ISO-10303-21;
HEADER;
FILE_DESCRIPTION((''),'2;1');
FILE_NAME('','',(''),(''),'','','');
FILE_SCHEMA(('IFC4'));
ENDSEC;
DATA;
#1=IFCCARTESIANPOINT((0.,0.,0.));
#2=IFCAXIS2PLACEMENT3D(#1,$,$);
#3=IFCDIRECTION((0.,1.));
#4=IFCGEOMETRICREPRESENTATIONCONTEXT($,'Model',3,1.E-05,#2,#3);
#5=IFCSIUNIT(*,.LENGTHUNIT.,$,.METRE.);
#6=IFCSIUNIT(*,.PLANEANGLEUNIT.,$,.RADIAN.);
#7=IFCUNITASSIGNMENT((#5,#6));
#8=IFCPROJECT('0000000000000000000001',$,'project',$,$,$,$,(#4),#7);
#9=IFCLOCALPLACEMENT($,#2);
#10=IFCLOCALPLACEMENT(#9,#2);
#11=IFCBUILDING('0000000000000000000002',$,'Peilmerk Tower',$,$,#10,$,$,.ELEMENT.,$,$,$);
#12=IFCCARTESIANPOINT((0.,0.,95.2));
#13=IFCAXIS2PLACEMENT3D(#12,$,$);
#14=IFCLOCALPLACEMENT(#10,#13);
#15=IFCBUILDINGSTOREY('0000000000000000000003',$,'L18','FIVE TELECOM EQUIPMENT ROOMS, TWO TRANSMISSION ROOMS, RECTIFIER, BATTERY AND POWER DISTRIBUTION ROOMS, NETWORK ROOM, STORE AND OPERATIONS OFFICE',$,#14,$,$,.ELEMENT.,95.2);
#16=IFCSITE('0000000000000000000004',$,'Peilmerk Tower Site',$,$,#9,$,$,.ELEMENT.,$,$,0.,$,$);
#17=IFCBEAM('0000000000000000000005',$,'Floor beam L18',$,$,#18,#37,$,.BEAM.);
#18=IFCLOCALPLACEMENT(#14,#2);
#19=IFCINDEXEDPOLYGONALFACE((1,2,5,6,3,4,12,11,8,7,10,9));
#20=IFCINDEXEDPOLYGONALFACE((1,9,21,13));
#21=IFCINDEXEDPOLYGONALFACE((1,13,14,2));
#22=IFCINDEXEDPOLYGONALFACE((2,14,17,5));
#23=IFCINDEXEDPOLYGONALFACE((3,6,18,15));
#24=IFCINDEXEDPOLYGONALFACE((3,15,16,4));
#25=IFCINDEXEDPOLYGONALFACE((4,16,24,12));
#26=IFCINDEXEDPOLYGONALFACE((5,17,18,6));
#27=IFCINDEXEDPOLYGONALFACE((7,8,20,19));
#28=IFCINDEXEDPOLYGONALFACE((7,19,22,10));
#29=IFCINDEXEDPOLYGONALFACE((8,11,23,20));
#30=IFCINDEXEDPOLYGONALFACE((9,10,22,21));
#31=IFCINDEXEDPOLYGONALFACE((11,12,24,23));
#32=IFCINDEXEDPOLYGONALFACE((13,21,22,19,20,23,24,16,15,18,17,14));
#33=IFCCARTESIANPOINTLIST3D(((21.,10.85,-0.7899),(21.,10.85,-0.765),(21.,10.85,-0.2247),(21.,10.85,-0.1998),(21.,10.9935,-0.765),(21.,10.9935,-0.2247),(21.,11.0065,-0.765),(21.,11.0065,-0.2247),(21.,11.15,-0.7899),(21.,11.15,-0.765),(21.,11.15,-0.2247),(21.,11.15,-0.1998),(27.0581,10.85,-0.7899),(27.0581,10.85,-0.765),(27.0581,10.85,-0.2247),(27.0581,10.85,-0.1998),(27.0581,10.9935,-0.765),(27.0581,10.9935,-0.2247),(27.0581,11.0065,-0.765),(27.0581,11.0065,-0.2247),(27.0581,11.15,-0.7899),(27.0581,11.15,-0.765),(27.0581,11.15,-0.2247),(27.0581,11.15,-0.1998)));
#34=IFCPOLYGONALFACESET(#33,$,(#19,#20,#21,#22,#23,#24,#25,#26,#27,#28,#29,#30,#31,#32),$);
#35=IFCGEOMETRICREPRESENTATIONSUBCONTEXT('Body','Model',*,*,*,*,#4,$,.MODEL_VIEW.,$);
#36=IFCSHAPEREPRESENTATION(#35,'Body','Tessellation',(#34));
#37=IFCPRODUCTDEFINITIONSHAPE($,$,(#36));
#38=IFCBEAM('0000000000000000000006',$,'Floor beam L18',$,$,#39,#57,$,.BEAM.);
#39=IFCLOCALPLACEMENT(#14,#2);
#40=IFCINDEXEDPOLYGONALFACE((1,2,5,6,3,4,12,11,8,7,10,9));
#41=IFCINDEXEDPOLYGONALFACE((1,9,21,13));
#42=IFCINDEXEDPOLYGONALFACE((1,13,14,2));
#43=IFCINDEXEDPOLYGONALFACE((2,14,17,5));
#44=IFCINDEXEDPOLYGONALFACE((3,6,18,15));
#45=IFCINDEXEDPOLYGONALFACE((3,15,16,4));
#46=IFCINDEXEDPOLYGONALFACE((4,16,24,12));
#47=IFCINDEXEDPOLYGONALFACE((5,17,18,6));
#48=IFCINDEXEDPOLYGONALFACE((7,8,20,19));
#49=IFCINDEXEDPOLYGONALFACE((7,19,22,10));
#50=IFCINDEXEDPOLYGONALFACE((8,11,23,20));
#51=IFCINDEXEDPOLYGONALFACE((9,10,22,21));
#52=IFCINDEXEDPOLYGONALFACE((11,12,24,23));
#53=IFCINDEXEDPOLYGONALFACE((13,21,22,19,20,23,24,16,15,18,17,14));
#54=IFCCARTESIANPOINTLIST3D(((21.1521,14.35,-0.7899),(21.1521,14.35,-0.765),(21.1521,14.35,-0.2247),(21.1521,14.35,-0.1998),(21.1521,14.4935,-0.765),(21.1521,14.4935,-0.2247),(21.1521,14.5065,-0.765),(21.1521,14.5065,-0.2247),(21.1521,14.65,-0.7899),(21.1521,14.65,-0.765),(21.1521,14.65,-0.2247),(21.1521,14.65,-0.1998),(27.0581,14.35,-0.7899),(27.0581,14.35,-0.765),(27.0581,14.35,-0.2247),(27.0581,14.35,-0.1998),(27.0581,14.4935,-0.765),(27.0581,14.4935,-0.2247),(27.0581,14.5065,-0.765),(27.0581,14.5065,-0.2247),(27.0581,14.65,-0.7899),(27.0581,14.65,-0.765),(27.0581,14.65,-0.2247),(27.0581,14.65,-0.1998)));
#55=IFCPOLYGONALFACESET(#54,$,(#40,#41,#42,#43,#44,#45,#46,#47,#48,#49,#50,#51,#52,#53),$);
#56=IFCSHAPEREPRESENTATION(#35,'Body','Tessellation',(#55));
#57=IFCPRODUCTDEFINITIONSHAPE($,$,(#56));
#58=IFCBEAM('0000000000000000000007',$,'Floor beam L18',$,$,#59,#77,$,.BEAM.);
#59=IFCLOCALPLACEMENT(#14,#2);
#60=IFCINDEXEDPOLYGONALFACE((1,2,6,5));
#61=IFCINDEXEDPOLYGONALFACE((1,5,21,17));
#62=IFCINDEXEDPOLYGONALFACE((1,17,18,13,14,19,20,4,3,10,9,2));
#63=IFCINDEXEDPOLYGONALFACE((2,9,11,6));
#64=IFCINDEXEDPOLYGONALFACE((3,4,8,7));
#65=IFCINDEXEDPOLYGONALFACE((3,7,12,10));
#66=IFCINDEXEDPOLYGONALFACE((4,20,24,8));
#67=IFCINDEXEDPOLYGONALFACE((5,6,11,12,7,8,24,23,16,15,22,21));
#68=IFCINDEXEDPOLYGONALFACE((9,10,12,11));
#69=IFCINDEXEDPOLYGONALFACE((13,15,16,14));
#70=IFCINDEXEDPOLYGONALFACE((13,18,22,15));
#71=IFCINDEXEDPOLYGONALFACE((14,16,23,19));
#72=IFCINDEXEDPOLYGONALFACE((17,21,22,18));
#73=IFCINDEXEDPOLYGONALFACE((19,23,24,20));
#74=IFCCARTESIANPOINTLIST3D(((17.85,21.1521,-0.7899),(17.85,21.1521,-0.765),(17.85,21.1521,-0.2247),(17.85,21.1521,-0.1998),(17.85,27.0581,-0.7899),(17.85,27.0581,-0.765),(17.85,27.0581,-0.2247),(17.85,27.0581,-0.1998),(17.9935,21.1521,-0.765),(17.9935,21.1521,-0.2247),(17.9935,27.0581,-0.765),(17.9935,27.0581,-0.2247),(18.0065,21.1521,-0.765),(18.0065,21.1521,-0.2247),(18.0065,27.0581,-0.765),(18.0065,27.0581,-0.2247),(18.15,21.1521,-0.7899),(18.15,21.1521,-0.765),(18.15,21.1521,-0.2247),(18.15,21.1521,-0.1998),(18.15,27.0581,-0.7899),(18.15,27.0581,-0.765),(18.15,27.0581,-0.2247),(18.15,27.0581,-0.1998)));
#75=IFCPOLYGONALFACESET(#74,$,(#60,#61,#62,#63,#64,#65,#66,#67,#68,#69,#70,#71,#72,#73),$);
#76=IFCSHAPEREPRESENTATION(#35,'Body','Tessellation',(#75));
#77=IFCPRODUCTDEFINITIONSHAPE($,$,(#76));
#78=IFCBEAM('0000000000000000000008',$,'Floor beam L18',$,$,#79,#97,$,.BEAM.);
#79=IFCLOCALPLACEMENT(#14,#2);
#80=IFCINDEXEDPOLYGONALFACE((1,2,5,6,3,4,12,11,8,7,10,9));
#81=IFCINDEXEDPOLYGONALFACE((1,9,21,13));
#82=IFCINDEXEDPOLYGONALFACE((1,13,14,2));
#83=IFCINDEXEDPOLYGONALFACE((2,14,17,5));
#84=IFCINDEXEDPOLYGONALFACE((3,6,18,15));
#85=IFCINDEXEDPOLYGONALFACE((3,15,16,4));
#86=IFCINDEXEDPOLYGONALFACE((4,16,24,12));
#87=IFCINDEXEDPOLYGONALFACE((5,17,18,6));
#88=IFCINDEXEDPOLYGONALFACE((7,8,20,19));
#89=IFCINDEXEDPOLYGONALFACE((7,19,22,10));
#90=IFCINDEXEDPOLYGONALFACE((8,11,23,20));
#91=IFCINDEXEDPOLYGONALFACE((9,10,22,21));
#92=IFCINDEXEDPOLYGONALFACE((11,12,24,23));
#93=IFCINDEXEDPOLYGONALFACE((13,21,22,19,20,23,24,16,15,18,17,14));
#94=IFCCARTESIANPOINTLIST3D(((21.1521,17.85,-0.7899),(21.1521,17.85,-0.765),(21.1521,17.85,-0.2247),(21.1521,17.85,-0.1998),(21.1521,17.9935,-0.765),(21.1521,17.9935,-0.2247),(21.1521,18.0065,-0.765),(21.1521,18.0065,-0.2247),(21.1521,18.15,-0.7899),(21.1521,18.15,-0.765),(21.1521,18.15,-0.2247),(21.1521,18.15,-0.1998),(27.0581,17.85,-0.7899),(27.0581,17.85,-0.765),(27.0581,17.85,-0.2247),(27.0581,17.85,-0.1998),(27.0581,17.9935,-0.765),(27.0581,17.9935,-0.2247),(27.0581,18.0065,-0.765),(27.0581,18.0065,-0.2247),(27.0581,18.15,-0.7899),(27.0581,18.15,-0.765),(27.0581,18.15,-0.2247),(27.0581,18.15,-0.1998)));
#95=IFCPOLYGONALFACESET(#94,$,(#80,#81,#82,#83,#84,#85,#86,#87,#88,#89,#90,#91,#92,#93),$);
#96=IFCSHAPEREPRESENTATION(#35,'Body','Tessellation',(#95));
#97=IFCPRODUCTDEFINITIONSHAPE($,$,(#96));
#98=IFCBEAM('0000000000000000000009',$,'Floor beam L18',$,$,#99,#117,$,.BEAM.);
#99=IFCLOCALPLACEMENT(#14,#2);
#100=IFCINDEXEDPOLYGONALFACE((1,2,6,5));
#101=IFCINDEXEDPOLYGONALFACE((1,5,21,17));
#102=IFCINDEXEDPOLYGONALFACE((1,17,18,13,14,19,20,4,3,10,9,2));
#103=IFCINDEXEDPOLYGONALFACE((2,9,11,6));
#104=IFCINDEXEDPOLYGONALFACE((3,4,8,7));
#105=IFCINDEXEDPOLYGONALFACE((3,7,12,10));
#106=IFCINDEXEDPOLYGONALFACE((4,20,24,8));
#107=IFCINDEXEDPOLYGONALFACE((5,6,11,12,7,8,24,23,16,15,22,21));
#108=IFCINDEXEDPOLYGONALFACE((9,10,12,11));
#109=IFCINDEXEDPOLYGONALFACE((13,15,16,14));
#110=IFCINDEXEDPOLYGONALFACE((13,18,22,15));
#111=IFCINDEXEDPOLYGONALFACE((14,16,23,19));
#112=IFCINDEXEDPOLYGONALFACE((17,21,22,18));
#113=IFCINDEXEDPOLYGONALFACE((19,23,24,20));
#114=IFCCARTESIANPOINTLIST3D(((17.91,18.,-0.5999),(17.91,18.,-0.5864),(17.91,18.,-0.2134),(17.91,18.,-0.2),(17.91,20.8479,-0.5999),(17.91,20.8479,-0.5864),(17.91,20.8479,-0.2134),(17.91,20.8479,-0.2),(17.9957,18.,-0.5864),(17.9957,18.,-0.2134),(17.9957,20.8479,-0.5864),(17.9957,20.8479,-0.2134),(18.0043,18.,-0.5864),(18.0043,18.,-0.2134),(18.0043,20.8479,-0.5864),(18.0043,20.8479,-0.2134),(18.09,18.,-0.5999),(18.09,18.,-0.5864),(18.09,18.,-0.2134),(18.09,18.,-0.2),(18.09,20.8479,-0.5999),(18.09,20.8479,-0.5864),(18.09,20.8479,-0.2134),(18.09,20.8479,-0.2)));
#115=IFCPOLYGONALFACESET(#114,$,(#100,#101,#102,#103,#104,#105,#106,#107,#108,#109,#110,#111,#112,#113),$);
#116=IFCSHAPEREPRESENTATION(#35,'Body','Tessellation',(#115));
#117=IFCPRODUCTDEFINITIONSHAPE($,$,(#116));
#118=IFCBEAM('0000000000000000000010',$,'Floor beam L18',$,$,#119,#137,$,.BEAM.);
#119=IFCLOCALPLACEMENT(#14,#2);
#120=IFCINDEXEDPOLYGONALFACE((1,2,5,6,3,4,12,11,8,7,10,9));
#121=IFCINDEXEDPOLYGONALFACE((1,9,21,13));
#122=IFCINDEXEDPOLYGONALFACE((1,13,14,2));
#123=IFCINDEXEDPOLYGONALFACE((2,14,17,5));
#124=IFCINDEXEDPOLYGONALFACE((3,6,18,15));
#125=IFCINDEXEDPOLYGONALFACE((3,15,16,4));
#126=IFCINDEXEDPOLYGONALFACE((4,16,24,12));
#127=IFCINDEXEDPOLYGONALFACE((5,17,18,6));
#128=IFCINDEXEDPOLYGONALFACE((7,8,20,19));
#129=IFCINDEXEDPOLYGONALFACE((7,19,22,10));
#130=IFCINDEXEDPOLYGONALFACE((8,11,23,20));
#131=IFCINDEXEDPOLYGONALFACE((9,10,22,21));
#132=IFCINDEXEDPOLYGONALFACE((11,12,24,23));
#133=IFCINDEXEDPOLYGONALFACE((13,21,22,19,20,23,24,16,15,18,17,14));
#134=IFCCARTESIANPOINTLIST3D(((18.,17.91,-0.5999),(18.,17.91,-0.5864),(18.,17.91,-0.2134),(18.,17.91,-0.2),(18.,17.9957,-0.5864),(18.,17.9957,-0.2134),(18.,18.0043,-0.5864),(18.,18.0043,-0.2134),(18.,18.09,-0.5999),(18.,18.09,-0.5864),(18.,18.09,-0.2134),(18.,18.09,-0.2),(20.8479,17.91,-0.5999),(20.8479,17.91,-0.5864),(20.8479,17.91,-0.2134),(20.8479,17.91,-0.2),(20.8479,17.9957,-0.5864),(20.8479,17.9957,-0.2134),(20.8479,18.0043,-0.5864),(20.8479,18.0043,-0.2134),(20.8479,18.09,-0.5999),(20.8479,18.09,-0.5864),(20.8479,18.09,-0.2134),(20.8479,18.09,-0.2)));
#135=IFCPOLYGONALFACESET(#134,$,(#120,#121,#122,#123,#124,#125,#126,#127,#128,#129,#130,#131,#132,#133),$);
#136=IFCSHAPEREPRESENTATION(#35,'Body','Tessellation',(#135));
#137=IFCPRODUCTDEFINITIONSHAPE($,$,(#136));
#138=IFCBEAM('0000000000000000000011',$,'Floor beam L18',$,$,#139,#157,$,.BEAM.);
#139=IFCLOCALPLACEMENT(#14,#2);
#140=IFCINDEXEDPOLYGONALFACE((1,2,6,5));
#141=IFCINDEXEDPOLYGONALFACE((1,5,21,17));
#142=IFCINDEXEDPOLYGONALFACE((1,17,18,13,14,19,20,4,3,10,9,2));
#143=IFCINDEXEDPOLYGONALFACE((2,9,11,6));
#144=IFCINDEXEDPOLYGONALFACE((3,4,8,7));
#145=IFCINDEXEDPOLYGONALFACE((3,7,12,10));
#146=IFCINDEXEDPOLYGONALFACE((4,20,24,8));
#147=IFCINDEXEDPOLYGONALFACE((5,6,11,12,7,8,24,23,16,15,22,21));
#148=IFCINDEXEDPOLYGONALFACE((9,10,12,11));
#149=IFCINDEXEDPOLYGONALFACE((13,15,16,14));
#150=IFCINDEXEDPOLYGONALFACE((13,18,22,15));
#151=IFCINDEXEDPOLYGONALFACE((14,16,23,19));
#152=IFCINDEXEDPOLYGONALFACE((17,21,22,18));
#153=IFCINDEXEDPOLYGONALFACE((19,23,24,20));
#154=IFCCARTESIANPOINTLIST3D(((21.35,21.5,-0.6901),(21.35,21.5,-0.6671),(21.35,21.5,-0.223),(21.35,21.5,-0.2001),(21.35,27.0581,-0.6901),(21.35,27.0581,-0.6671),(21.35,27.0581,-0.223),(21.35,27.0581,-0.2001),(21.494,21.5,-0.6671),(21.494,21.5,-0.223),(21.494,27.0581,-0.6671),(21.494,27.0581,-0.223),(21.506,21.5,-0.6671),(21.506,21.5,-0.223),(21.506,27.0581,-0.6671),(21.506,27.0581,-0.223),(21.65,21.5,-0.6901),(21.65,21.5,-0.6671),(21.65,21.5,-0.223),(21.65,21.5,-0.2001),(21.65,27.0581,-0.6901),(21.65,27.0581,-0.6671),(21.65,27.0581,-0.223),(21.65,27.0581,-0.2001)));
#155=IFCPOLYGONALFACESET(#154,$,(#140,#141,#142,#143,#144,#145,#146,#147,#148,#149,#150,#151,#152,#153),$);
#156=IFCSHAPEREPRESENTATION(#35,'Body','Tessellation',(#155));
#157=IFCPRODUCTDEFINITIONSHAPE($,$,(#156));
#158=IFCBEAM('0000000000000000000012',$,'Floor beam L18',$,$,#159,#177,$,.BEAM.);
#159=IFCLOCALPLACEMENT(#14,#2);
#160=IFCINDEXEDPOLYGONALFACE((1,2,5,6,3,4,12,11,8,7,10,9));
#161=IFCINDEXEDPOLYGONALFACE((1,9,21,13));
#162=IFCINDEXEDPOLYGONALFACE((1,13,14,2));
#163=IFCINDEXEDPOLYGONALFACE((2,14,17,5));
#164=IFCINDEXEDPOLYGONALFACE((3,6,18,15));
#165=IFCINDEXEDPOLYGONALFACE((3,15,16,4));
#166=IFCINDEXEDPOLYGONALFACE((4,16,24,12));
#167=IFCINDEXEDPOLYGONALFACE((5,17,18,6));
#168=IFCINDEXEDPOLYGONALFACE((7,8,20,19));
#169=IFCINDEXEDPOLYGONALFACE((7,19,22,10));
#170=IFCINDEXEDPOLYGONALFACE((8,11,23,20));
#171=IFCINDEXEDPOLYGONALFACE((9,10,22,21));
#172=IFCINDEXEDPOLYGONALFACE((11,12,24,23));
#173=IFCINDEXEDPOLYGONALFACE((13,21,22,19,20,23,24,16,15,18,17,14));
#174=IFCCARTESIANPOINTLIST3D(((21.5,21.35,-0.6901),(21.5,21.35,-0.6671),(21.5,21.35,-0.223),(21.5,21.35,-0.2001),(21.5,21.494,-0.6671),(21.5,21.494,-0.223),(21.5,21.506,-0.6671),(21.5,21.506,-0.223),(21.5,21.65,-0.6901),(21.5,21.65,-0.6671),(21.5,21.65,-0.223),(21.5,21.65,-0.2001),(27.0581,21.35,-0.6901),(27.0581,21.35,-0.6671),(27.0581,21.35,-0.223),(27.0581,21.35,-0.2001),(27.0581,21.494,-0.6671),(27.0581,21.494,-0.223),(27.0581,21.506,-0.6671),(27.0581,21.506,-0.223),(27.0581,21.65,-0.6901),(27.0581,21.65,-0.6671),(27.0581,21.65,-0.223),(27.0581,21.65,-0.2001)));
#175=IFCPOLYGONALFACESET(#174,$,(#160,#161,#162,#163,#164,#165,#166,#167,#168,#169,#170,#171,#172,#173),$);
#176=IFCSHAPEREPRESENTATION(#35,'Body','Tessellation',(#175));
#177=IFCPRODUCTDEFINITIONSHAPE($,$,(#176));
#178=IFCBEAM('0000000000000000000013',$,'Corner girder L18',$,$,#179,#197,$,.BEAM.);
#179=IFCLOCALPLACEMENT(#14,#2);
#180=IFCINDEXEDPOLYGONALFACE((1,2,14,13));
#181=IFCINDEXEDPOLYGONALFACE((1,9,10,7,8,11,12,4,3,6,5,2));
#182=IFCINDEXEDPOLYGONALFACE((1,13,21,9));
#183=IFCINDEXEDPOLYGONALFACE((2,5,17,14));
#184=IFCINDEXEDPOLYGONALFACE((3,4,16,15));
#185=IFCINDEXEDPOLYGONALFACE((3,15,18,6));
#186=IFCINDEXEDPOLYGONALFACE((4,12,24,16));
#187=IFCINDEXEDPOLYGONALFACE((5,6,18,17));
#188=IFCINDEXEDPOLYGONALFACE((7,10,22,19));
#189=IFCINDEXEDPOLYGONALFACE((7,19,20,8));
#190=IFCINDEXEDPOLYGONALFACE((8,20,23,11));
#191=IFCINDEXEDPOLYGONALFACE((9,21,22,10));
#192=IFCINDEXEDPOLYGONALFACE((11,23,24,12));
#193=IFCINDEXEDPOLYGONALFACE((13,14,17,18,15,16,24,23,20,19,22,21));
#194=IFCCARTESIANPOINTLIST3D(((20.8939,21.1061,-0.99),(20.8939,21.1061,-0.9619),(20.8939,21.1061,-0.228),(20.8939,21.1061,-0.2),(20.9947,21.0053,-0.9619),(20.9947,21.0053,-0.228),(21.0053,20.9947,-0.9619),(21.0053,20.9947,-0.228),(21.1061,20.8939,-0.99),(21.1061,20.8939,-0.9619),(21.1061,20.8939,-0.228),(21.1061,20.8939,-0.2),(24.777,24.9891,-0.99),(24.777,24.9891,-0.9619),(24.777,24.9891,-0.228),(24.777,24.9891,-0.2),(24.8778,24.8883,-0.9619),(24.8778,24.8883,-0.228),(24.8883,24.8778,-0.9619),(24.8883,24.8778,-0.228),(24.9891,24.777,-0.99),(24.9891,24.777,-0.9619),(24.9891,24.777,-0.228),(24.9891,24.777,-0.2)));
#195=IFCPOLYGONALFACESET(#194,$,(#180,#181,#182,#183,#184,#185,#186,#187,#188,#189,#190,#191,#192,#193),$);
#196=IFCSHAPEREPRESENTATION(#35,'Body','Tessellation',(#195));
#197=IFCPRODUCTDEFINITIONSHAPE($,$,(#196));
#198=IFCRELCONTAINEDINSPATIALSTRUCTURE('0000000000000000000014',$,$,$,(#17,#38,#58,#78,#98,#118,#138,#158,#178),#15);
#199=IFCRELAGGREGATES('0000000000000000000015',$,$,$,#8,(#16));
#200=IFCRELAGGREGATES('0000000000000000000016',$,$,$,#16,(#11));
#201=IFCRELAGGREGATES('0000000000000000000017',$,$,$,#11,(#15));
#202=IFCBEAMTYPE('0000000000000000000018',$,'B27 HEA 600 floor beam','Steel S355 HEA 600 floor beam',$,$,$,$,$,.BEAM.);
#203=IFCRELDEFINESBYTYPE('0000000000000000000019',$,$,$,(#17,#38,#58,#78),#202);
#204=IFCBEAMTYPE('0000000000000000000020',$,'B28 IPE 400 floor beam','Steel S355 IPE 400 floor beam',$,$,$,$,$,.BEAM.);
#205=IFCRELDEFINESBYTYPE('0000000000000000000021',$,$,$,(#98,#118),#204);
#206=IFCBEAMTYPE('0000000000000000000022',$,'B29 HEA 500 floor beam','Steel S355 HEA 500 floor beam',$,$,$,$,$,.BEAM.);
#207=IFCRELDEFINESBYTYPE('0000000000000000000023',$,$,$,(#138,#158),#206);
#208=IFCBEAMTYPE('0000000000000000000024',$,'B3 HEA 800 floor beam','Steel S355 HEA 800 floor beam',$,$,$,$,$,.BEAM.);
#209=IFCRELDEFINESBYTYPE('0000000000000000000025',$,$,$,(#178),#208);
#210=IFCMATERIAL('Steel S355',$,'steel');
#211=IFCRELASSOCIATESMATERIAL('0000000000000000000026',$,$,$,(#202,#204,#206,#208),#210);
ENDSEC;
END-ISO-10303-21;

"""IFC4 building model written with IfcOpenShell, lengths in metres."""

from ifc_helpers import new_model, si_unit, direction, frame, origin, origin_2d, place, context, subcontext, project, spatial, i_section, extrude, material, material_profile, profile_set, type_object, element, save


model = new_model("IFC4")

# Units and contexts
model_context = context("Model", 3, precision=1e-05, world=origin(), true_north=direction((0.0, 1.0)))
body_context = subcontext(model_context, "Body", "Model", "MODEL_VIEW")
ifc_project = project(units=[si_unit("LENGTHUNIT", "METRE"), si_unit("PLANEANGLEUNIT", "RADIAN")], contexts=[model_context])

# Site, building, storey
site_placement = place(None, origin())
site = spatial("IfcSite", under=ifc_project, at=site_placement, Name="Peilmerk Tower Site", CompositionType="ELEMENT", RefElevation=0.0)
building_placement = place(site_placement, origin())
building = spatial("IfcBuilding", under=site, at=building_placement, Name="Peilmerk Tower", CompositionType="ELEMENT")
storey_placement = place(building_placement, frame((0.0, 0.0, 95.2)))
storey = spatial("IfcBuildingStorey", under=building, at=storey_placement, Name="L18", Description="FIVE TELECOM EQUIPMENT ROOMS, TWO TRANSMISSION ROOMS, RECTIFIER, BATTERY AND POWER DISTRIBUTION ROOMS, NETWORK ROOM, STORE AND OPERATIONS OFFICE", CompositionType="ELEMENT", Elevation=95.2)

# Beams
ifc_material_1 = material(Name="Steel S355", Category="steel")
ifc_material_profile_1 = material_profile(ifc_material_1, i_section(OverallWidth=0.3, OverallDepth=0.5901, WebThickness=0.0129, FlangeThickness=0.0249, at=origin_2d()), Name="HEA 600")
ifc_profile_set_1 = profile_set([ifc_material_profile_1], Name="Steel S355")
beam_type_1 = type_object("IfcBeamType", Name="B27 HEA 600 floor beam", Description="Steel S355 HEA 600 floor beam", PredefinedType="BEAM", material=ifc_profile_set_1)
beam_1_placement = place(storey_placement, frame((21.0, 11.0, -0.4949), z_axis=(1.0, 0.0, 0.0), x_axis=(0.0, 1.0, 0.0)))
element("IfcBeam", 1, at=beam_1_placement, inside=storey, type_object=beam_type_1, Name="Floor beam L18", PredefinedType="BEAM", context=body_context, shape_type="SweptSolid", body=[
    extrude(i_section(OverallWidth=0.3, OverallDepth=0.5901, WebThickness=0.0129, FlangeThickness=0.0249, at=origin_2d()), origin(), (0.0, 0.0, 1.0), 6.0581),
])
for number, where, z_axis, x_axis, name in (
    (2, (21.1521, 14.5, -0.4949), (1.0, 0.0, 0.0), (0.0, 1.0, 0.0), "Floor beam L18"),
    (3, (18.0, 21.1521, -0.4949), (0.0, 1.0, 0.0), (-1.0, 0.0, 0.0), "Floor beam L18"),
    (4, (21.1521, 18.0, -0.4949), (1.0, 0.0, 0.0), (0.0, 1.0, 0.0), "Floor beam L18"),
):
    element("IfcBeam", number, at=place(storey_placement, frame(where, z_axis=z_axis, x_axis=x_axis)), inside=storey, type_object=beam_type_1, Name=name, PredefinedType="BEAM", context=body_context, shape_type="SweptSolid", body=[
        extrude(i_section(OverallWidth=0.3, OverallDepth=0.5901, WebThickness=0.0129, FlangeThickness=0.0249, at=origin_2d()), origin(), (0.0, 0.0, 1.0), 5.906),
    ])
ifc_material_profile_2 = material_profile(ifc_material_1, i_section(OverallWidth=0.1799, OverallDepth=0.3999, WebThickness=0.0085, FlangeThickness=0.0134, at=origin_2d()), Name="IPE 400")
ifc_profile_set_2 = profile_set([ifc_material_profile_2], Name="Steel S355")
beam_type_2 = type_object("IfcBeamType", Name="B28 IPE 400 floor beam", Description="Steel S355 IPE 400 floor beam", PredefinedType="BEAM", material=ifc_profile_set_2)
for number, where, z_axis, x_axis, name in (
    (5, (18.0, 18.0, -0.3999), (0.0, 1.0, 0.0), (-1.0, 0.0, 0.0), "Floor beam L18"),
    (6, (18.0, 18.0, -0.3999), (1.0, 0.0, 0.0), (0.0, 1.0, 0.0), "Floor beam L18"),
):
    element("IfcBeam", number, at=place(storey_placement, frame(where, z_axis=z_axis, x_axis=x_axis)), inside=storey, type_object=beam_type_2, Name=name, PredefinedType="BEAM", context=body_context, shape_type="SweptSolid", body=[
        extrude(i_section(OverallWidth=0.1799, OverallDepth=0.3999, WebThickness=0.0085, FlangeThickness=0.0134, at=origin_2d()), origin(), (0.0, 0.0, 1.0), 2.8479),
    ])
ifc_material_profile_3 = material_profile(ifc_material_1, i_section(OverallWidth=0.3, OverallDepth=0.49, WebThickness=0.012, FlangeThickness=0.0229, at=origin_2d()), Name="HEA 500")
ifc_profile_set_3 = profile_set([ifc_material_profile_3], Name="Steel S355")
beam_type_3 = type_object("IfcBeamType", Name="B29 HEA 500 floor beam", Description="Steel S355 HEA 500 floor beam", PredefinedType="BEAM", material=ifc_profile_set_3)
for number, where, z_axis, x_axis, name in (
    (7, (21.5, 21.5, -0.4451), (0.0, 1.0, 0.0), (-1.0, 0.0, 0.0), "Floor beam L18"),
    (8, (21.5, 21.5, -0.4451), (1.0, 0.0, 0.0), (0.0, 1.0, 0.0), "Floor beam L18"),
):
    element("IfcBeam", number, at=place(storey_placement, frame(where, z_axis=z_axis, x_axis=x_axis)), inside=storey, type_object=beam_type_3, Name=name, PredefinedType="BEAM", context=body_context, shape_type="SweptSolid", body=[
        extrude(i_section(OverallWidth=0.3, OverallDepth=0.49, WebThickness=0.012, FlangeThickness=0.0229, at=origin_2d()), origin(), (0.0, 0.0, 1.0), 5.5581),
    ])
ifc_material_profile_4 = material_profile(ifc_material_1, i_section(OverallWidth=0.3, OverallDepth=0.79, WebThickness=0.0149, FlangeThickness=0.0281, at=origin_2d()), Name="HEA 800")
ifc_profile_set_4 = profile_set([ifc_material_profile_4], Name="Steel S355")
beam_type_4 = type_object("IfcBeamType", Name="B3 HEA 800 floor beam", Description="Steel S355 HEA 800 floor beam", PredefinedType="BEAM", material=ifc_profile_set_4)
beam_2_placement = place(storey_placement, frame((21.0, 21.0, -0.595), z_axis=(0.707107, 0.707107, 0.0), x_axis=(-0.707107, 0.707107, 0.0)))
element("IfcBeam", 9, at=beam_2_placement, inside=storey, type_object=beam_type_4, Name="Corner girder L18", PredefinedType="BEAM", context=body_context, shape_type="SweptSolid", body=[
    extrude(i_section(OverallWidth=0.3, OverallDepth=0.79, WebThickness=0.0149, FlangeThickness=0.0281, at=origin_2d()), origin(), (0.0, 0.0, 1.0), 5.4915),
])

save(model, "model.ifc")
